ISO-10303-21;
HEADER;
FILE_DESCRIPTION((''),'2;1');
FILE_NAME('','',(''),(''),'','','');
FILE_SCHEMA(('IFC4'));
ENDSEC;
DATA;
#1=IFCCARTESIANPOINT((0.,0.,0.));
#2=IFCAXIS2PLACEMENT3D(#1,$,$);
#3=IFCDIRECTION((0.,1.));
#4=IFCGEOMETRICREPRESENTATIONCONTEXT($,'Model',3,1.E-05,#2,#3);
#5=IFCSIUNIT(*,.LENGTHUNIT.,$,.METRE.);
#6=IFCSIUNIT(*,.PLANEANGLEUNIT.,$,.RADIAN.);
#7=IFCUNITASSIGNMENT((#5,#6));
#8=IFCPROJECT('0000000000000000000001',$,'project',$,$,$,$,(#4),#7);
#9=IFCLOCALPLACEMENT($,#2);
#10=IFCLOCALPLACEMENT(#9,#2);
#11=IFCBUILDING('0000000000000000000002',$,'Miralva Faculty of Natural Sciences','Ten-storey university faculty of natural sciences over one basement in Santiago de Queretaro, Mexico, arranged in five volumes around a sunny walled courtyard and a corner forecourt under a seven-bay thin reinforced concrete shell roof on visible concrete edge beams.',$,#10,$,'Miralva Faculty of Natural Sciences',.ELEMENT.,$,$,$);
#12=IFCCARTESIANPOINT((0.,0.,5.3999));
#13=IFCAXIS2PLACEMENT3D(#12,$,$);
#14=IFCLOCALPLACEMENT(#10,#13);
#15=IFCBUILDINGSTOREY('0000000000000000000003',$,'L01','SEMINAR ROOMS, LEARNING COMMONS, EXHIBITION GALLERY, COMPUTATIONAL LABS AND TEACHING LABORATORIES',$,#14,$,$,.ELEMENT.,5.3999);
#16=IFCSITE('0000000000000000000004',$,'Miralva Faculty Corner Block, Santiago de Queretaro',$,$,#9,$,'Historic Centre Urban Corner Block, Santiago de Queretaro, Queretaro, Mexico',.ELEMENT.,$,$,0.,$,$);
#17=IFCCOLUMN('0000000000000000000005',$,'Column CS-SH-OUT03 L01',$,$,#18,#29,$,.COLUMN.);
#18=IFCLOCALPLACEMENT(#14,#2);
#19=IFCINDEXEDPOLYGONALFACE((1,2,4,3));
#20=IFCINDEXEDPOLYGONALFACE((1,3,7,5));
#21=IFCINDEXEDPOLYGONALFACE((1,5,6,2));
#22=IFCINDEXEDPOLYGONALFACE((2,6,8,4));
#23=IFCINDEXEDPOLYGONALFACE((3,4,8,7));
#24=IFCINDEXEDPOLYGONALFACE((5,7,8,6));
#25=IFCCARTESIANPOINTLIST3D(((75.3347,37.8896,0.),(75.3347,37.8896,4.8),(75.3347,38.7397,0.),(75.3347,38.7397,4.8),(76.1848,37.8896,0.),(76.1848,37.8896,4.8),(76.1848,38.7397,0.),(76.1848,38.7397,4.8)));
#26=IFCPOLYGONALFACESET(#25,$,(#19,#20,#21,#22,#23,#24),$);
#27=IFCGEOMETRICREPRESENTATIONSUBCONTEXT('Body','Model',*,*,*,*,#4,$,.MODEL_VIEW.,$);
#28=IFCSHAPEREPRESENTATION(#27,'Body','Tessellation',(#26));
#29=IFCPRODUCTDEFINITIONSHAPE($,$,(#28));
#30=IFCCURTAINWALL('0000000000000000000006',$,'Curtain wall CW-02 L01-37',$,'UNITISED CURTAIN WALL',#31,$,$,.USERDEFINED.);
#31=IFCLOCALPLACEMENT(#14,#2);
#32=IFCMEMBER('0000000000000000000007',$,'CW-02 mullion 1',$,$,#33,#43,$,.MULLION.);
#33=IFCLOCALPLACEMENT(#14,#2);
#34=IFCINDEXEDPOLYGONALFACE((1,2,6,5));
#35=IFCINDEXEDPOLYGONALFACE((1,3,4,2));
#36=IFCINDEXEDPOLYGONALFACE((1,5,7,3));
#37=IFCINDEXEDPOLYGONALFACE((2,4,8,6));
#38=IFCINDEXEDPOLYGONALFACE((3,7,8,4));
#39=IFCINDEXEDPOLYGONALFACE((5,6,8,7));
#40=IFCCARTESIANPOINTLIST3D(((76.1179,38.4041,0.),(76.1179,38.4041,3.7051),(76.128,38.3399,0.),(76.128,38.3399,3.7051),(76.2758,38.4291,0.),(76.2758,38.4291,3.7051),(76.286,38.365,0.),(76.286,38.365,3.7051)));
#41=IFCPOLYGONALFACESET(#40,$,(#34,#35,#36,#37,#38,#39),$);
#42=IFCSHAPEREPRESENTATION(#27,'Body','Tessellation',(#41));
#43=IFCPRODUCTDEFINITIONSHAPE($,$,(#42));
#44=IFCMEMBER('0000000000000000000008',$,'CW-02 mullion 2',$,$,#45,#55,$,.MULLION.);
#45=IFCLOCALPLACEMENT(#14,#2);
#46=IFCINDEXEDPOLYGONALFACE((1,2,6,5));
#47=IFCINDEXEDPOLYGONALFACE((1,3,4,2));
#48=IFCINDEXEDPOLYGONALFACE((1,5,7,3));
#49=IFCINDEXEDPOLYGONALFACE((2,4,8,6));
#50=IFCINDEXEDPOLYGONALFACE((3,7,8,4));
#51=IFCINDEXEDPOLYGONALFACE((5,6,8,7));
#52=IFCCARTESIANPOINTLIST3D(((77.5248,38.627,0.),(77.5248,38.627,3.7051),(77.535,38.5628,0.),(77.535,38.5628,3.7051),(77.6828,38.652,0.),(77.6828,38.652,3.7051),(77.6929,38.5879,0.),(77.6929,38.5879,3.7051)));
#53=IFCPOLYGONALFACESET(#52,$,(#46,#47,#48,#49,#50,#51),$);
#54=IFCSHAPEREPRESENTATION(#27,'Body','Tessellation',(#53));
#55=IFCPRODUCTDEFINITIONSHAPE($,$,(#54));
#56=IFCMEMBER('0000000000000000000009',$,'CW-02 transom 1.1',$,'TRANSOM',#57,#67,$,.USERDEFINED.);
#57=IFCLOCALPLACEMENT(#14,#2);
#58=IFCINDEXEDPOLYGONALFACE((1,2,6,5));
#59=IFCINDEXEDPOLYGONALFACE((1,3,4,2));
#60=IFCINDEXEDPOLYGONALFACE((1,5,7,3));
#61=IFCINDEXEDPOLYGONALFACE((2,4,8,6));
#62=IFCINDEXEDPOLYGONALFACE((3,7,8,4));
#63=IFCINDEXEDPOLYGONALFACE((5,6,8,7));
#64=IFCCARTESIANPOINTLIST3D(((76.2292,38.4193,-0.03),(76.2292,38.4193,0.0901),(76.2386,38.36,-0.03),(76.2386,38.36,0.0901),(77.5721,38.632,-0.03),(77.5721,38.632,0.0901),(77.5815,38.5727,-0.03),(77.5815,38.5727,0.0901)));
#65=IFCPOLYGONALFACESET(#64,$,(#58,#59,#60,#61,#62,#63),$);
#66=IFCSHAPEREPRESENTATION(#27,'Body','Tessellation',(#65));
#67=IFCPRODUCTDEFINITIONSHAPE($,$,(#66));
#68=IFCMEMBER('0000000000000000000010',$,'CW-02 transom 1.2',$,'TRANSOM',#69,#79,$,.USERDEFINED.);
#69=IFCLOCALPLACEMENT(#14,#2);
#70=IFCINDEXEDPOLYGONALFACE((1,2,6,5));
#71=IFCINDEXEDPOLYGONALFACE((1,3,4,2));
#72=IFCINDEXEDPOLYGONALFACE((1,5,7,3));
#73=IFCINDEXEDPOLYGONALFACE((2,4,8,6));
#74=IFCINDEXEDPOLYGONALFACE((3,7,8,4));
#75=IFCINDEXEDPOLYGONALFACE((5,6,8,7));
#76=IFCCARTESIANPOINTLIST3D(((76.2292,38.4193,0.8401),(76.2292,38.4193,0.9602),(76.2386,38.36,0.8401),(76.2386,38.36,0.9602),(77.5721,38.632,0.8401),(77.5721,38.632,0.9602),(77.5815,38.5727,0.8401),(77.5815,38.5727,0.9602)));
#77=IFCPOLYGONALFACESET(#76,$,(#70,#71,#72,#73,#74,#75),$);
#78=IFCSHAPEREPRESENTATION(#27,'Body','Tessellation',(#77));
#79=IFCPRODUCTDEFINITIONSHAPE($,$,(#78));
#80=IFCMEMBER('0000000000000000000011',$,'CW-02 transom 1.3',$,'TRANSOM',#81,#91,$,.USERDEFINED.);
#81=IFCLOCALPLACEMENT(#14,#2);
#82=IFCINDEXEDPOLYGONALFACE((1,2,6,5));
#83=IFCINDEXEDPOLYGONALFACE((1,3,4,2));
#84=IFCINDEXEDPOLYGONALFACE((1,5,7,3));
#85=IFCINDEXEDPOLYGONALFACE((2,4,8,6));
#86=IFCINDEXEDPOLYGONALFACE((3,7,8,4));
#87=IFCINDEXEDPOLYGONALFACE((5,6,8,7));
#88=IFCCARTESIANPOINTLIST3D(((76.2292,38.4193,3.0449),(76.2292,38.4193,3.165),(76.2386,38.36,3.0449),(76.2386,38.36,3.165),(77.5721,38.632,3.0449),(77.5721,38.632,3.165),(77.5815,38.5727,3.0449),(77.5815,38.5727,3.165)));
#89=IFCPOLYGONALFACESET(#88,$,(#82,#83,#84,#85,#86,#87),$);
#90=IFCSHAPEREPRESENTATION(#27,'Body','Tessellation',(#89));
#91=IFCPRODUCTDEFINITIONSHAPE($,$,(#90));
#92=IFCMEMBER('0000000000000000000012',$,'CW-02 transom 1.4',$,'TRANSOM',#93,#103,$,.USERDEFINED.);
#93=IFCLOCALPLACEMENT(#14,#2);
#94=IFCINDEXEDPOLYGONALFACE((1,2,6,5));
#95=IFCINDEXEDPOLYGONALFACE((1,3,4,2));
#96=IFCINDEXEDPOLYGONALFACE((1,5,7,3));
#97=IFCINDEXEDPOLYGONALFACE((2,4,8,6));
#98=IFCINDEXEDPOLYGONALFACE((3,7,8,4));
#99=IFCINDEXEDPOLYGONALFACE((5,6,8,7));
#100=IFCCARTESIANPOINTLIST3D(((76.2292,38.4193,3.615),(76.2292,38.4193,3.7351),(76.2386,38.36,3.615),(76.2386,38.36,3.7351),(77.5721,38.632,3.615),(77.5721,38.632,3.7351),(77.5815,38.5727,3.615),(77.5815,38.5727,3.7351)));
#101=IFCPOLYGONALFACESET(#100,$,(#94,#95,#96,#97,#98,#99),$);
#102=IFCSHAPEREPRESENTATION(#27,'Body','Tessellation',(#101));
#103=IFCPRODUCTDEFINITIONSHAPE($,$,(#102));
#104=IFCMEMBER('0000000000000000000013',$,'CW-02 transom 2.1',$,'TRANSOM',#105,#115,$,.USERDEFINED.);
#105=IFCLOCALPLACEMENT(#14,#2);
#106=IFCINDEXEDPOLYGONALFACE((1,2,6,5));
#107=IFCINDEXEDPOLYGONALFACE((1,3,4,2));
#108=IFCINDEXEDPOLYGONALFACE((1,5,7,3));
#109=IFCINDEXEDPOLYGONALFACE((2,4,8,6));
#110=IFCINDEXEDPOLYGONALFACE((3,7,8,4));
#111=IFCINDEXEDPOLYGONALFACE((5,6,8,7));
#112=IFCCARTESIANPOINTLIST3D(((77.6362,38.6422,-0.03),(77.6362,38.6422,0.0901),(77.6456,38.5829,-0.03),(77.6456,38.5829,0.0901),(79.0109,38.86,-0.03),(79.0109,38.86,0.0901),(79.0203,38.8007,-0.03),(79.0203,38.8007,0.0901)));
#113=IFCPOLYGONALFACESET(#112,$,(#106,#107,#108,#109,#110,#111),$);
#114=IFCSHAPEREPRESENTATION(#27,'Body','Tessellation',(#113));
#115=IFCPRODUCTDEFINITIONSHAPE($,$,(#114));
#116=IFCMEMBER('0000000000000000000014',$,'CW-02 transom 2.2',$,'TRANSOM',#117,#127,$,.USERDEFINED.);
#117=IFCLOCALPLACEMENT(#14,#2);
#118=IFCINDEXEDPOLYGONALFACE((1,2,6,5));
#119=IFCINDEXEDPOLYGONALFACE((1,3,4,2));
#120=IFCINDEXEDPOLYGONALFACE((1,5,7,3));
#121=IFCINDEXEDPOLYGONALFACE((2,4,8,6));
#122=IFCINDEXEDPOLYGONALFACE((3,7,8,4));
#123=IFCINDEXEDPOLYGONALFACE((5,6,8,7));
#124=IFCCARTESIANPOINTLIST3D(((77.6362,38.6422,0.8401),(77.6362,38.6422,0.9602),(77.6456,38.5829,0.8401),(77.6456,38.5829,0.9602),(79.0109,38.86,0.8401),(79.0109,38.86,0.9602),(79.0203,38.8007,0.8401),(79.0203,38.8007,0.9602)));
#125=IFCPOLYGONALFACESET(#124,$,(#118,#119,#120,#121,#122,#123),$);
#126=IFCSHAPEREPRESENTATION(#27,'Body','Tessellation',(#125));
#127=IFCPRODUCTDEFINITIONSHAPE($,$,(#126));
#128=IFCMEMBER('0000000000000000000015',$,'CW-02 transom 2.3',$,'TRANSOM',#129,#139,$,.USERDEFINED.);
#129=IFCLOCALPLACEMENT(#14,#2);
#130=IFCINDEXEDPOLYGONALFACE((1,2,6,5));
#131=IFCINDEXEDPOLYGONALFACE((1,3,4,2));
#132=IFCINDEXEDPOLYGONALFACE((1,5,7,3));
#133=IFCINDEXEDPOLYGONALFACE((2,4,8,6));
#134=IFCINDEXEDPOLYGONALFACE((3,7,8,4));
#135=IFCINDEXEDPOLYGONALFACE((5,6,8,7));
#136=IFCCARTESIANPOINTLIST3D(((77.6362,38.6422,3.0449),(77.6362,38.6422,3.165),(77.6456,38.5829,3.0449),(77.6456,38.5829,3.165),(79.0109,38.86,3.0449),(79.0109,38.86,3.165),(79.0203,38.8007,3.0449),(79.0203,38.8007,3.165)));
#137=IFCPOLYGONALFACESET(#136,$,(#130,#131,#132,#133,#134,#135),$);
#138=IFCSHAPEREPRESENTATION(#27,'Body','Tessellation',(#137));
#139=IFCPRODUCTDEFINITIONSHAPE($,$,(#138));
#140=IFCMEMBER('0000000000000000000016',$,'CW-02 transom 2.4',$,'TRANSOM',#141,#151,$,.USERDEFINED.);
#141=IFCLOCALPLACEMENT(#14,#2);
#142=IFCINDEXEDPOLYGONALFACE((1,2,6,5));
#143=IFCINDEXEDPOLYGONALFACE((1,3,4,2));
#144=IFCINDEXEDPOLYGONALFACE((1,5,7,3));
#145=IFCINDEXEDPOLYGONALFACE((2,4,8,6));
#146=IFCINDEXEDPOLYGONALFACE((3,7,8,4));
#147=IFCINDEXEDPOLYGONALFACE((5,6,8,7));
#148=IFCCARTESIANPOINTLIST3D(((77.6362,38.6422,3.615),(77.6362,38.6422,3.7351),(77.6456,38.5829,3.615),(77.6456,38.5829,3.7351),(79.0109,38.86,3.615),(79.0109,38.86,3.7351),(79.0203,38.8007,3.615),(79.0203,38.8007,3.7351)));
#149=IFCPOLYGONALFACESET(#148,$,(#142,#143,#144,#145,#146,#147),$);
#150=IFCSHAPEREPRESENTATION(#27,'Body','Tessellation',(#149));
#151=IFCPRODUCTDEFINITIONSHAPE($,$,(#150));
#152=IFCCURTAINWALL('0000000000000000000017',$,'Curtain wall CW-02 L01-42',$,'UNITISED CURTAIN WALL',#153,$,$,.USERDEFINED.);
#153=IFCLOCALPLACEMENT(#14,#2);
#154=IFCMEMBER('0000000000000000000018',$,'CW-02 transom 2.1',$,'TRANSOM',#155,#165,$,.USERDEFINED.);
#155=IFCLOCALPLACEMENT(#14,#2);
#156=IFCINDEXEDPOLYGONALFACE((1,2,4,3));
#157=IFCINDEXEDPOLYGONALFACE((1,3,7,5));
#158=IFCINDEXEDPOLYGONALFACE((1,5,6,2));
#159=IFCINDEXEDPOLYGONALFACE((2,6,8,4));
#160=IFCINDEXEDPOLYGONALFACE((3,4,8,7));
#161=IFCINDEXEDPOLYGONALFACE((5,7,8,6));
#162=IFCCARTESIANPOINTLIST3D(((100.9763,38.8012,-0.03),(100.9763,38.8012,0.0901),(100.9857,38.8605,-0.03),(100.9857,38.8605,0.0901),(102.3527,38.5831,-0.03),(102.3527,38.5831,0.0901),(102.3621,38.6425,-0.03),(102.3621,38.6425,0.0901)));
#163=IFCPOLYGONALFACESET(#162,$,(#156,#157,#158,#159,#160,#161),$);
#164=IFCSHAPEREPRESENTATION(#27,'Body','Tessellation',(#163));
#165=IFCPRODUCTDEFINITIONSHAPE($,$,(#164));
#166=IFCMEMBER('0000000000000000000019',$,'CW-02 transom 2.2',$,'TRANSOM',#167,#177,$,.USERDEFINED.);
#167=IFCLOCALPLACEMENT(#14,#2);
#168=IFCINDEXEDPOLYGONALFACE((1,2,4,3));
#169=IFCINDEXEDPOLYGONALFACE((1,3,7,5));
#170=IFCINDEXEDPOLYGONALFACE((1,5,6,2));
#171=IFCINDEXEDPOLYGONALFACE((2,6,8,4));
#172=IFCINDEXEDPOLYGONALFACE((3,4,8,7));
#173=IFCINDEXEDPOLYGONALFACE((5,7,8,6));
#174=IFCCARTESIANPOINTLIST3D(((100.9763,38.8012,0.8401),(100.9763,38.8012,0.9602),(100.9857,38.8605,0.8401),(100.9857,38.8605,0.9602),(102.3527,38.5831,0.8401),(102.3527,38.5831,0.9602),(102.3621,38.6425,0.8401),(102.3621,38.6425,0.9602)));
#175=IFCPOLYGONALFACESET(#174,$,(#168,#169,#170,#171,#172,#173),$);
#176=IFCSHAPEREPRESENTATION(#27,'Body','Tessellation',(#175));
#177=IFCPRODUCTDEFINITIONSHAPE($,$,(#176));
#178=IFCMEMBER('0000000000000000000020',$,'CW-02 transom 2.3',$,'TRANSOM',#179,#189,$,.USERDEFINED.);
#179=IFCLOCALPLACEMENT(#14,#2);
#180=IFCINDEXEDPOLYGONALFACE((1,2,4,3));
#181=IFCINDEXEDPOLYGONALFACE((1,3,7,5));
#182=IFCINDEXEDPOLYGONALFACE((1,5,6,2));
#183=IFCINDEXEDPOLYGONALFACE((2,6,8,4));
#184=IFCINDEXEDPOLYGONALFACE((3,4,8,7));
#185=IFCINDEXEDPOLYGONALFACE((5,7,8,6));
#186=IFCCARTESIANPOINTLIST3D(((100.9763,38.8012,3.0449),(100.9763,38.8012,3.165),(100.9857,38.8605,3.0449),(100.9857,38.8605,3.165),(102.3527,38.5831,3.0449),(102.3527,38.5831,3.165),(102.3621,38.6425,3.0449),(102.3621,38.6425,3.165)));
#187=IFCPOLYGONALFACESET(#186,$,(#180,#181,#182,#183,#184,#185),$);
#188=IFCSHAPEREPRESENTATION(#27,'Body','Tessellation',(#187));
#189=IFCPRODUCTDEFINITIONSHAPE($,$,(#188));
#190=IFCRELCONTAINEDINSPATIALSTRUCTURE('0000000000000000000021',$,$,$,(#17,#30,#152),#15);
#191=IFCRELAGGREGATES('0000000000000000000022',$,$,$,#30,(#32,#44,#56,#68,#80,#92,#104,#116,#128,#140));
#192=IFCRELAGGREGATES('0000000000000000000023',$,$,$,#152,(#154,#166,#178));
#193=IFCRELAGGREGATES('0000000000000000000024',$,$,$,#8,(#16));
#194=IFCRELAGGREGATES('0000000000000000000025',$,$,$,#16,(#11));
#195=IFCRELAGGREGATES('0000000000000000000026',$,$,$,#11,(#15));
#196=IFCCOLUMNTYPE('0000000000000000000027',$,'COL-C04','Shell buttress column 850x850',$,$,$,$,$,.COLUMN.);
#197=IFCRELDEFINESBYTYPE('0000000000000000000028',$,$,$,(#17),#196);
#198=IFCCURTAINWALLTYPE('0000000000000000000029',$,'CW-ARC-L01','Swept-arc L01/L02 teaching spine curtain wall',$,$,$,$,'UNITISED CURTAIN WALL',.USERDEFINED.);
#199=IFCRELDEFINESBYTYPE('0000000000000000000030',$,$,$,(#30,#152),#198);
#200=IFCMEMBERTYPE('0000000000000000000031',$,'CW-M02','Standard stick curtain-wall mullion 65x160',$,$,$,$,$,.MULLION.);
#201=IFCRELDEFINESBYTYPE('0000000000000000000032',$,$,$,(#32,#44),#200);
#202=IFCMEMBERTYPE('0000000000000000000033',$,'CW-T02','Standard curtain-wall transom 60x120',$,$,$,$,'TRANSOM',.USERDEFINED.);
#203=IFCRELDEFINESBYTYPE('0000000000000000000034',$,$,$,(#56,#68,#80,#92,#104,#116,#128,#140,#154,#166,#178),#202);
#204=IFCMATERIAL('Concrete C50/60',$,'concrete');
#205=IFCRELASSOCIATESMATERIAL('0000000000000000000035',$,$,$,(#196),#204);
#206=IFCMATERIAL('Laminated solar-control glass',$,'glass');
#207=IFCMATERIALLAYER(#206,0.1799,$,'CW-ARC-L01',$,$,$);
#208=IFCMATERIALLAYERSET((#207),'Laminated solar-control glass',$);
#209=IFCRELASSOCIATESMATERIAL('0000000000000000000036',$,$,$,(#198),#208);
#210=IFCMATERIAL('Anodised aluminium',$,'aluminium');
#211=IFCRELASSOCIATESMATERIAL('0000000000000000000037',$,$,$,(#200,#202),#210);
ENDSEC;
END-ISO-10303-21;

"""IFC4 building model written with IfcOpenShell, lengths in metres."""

from ifc_helpers import new_model, si_unit, direction, frame, origin, origin_2d, place, context, subcontext, project, spatial, rectangle, extrude, material, layer, layer_set, material_profile, profile_set, type_object, element, aggregate, save


model = new_model("IFC4")

# Units and contexts
model_context = context("Model", 3, precision=1e-05, world=origin(), true_north=direction((0.0, 1.0)))
body_context = subcontext(model_context, "Body", "Model", "MODEL_VIEW")
ifc_project = project(units=[si_unit("LENGTHUNIT", "METRE"), si_unit("PLANEANGLEUNIT", "RADIAN")], contexts=[model_context])

# Site, building, storey
site_placement = place(None, origin())
site = spatial("IfcSite", under=ifc_project, at=site_placement, Name="Miralva Faculty Corner Block, Santiago de Queretaro", LongName="Historic Centre Urban Corner Block, Santiago de Queretaro, Queretaro, Mexico", CompositionType="ELEMENT", RefElevation=0.0)
building_placement = place(site_placement, origin())
building = spatial("IfcBuilding", under=site, at=building_placement, Name="Miralva Faculty of Natural Sciences", Description="Ten-storey university faculty of natural sciences over one basement in Santiago de Queretaro, Mexico, arranged in five volumes around a sunny walled courtyard and a corner forecourt under a seven-bay thin reinforced concrete shell roof on visible concrete edge beams.", LongName="Miralva Faculty of Natural Sciences", CompositionType="ELEMENT")
storey_placement = place(building_placement, frame((0.0, 0.0, 5.3999)))
storey = spatial("IfcBuildingStorey", under=building, at=storey_placement, Name="L01", Description="SEMINAR ROOMS, LEARNING COMMONS, EXHIBITION GALLERY, COMPUTATIONAL LABS AND TEACHING LABORATORIES", CompositionType="ELEMENT", Elevation=5.3999)

# Column
ifc_material_1 = material(Name="Concrete C50/60", Category="concrete")
ifc_material_profile_1 = material_profile(ifc_material_1, rectangle(XDim=0.8501, YDim=0.8501, at=origin_2d()), Name="RC 850x850")
ifc_profile_set_1 = profile_set([ifc_material_profile_1], Name="Concrete C50/60")
column_type = type_object("IfcColumnType", Name="COL-C04", Description="Shell buttress column 850x850", PredefinedType="COLUMN", material=ifc_profile_set_1)
column_placement = place(storey_placement, frame((75.7598, 38.3147, 0.0), z_axis=(0.0, 0.0, 1.0), x_axis=(1.0, 0.0, 0.0)))
element("IfcColumn", 1, at=column_placement, inside=storey, type_object=column_type, Name="Column CS-SH-OUT03 L01", PredefinedType="COLUMN", context=body_context, shape_type="SweptSolid", body=[
    extrude(rectangle(XDim=0.8501, YDim=0.8501, at=origin_2d()), origin(), (0.0, 0.0, 1.0), 4.8),
])

# Curtain walls, members
ifc_material_2 = material(Name="Laminated solar-control glass", Category="glass")
ifc_layer_1 = layer(ifc_material_2, 0.1799, Name="CW-ARC-L01")
ifc_layer_set_1 = layer_set([ifc_layer_1], Name="Laminated solar-control glass")
curtain_wall_type = type_object("IfcCurtainWallType", Name="CW-ARC-L01", Description="Swept-arc L01/L02 teaching spine curtain wall", ElementType="UNITISED CURTAIN WALL", PredefinedType="USERDEFINED", material=ifc_layer_set_1)
curtain_wall_1_placement = place(storey_placement, origin())
curtain_wall_1 = element("IfcCurtainWall", 2, at=curtain_wall_1_placement, inside=storey, type_object=curtain_wall_type, Name="Curtain wall CW-02 L01-37", ObjectType="UNITISED CURTAIN WALL", PredefinedType="USERDEFINED")
ifc_material_3 = material(Name="Anodised aluminium", Category="aluminium")
ifc_material_profile_2 = material_profile(ifc_material_3, rectangle(XDim=0.0649, YDim=0.1599, at=origin_2d()), Name="MULLION 65x160")
ifc_profile_set_2 = profile_set([ifc_material_profile_2], Name="Anodised aluminium")
member_type_1 = type_object("IfcMemberType", Name="CW-M02", Description="Standard stick curtain-wall mullion 65x160", PredefinedType="MULLION", material=ifc_profile_set_2)
member_1_placement = place(storey_placement, frame((76.2019, 38.3845, 0.0), z_axis=(0.0, 0.0, 1.0), x_axis=(-0.15644, 0.987688, 0.0)))
member_1 = element("IfcMember", 3, at=member_1_placement, type_object=member_type_1, Name="CW-02 mullion 1", PredefinedType="MULLION", context=body_context, shape_type="SweptSolid", body=[
    extrude(rectangle(XDim=0.0649, YDim=0.1599, at=origin_2d()), origin(), (0.0, 0.0, 1.0), 3.7051),
])
member_2_placement = place(storey_placement, frame((77.6089, 38.6074, 0.0), z_axis=(0.0, 0.0, 1.0), x_axis=(-0.15644, 0.987688, 0.0)))
member_2 = element("IfcMember", 4, at=member_2_placement, type_object=member_type_1, Name="CW-02 mullion 2", PredefinedType="MULLION", context=body_context, shape_type="SweptSolid", body=[
    extrude(rectangle(XDim=0.0649, YDim=0.1599, at=origin_2d()), origin(), (0.0, 0.0, 1.0), 3.7051),
])
ifc_material_profile_3 = material_profile(ifc_material_3, rectangle(XDim=0.0601, YDim=0.1201, at=origin_2d()), Name="TRANSOM 60x120")
ifc_profile_set_3 = profile_set([ifc_material_profile_3], Name="Anodised aluminium")
member_type_2 = type_object("IfcMemberType", Name="CW-T02", Description="Standard curtain-wall transom 60x120", ElementType="TRANSOM", PredefinedType="USERDEFINED", material=ifc_profile_set_3)
member_3_placement = place(storey_placement, frame((76.2339, 38.3896, 0.03), z_axis=(0.987692, 0.156414, 0.0), x_axis=(-0.156414, 0.987692, 0.0)))
member_3 = element("IfcMember", 5, at=member_3_placement, type_object=member_type_2, Name="CW-02 transom 1.1", ObjectType="TRANSOM", PredefinedType="USERDEFINED", context=body_context, shape_type="SweptSolid", body=[
    extrude(rectangle(XDim=0.0601, YDim=0.1201, at=origin_2d()), origin(), (0.0, 0.0, 1.0), 1.3596),
])
member_4_placement = place(storey_placement, frame((76.2339, 38.3896, 0.9001), z_axis=(0.987692, 0.156414, 0.0), x_axis=(-0.156414, 0.987692, 0.0)))
member_4 = element("IfcMember", 6, at=member_4_placement, type_object=member_type_2, Name="CW-02 transom 1.2", ObjectType="TRANSOM", PredefinedType="USERDEFINED", context=body_context, shape_type="SweptSolid", body=[
    extrude(rectangle(XDim=0.0601, YDim=0.1201, at=origin_2d()), origin(), (0.0, 0.0, 1.0), 1.3596),
])
member_5_placement = place(storey_placement, frame((76.2339, 38.3896, 3.105), z_axis=(0.987692, 0.156414, 0.0), x_axis=(-0.156414, 0.987692, 0.0)))
member_5 = element("IfcMember", 7, at=member_5_placement, type_object=member_type_2, Name="CW-02 transom 1.3", ObjectType="TRANSOM", PredefinedType="USERDEFINED", context=body_context, shape_type="SweptSolid", body=[
    extrude(rectangle(XDim=0.0601, YDim=0.1201, at=origin_2d()), origin(), (0.0, 0.0, 1.0), 1.3596),
])
member_6_placement = place(storey_placement, frame((76.2339, 38.3896, 3.675), z_axis=(0.987692, 0.156414, 0.0), x_axis=(-0.156414, 0.987692, 0.0)))
member_6 = element("IfcMember", 8, at=member_6_placement, type_object=member_type_2, Name="CW-02 transom 1.4", ObjectType="TRANSOM", PredefinedType="USERDEFINED", context=body_context, shape_type="SweptSolid", body=[
    extrude(rectangle(XDim=0.0601, YDim=0.1201, at=origin_2d()), origin(), (0.0, 0.0, 1.0), 1.3596),
])
member_7_placement = place(storey_placement, frame((77.6409, 38.6125, 0.03), z_axis=(0.987685, 0.156458, 0.0), x_axis=(-0.156458, 0.987685, 0.0)))
member_7 = element("IfcMember", 9, at=member_7_placement, type_object=member_type_2, Name="CW-02 transom 2.1", ObjectType="TRANSOM", PredefinedType="USERDEFINED", context=body_context, shape_type="SweptSolid", body=[
    extrude(rectangle(XDim=0.0601, YDim=0.1201, at=origin_2d()), origin(), (0.0, 0.0, 1.0), 1.3918),
])
member_8_placement = place(storey_placement, frame((77.6409, 38.6125, 0.9001), z_axis=(0.987685, 0.156458, 0.0), x_axis=(-0.156458, 0.987685, 0.0)))
member_8 = element("IfcMember", 10, at=member_8_placement, type_object=member_type_2, Name="CW-02 transom 2.2", ObjectType="TRANSOM", PredefinedType="USERDEFINED", context=body_context, shape_type="SweptSolid", body=[
    extrude(rectangle(XDim=0.0601, YDim=0.1201, at=origin_2d()), origin(), (0.0, 0.0, 1.0), 1.3918),
])
member_9_placement = place(storey_placement, frame((77.6409, 38.6125, 3.105), z_axis=(0.987685, 0.156458, 0.0), x_axis=(-0.156458, 0.987685, 0.0)))
member_9 = element("IfcMember", 11, at=member_9_placement, type_object=member_type_2, Name="CW-02 transom 2.3", ObjectType="TRANSOM", PredefinedType="USERDEFINED", context=body_context, shape_type="SweptSolid", body=[
    extrude(rectangle(XDim=0.0601, YDim=0.1201, at=origin_2d()), origin(), (0.0, 0.0, 1.0), 1.3918),
])
member_10_placement = place(storey_placement, frame((77.6409, 38.6125, 3.675), z_axis=(0.987685, 0.156458, 0.0), x_axis=(-0.156458, 0.987685, 0.0)))
member_10 = element("IfcMember", 12, at=member_10_placement, type_object=member_type_2, Name="CW-02 transom 2.4", ObjectType="TRANSOM", PredefinedType="USERDEFINED", context=body_context, shape_type="SweptSolid", body=[
    extrude(rectangle(XDim=0.0601, YDim=0.1201, at=origin_2d()), origin(), (0.0, 0.0, 1.0), 1.3918),
])
curtain_wall_2_placement = place(storey_placement, origin())
curtain_wall_2 = element("IfcCurtainWall", 13, at=curtain_wall_2_placement, inside=storey, type_object=curtain_wall_type, Name="Curtain wall CW-02 L01-42", ObjectType="UNITISED CURTAIN WALL", PredefinedType="USERDEFINED")
member_11_placement = place(storey_placement, frame((100.981, 38.8308, 0.03), z_axis=(0.987688, -0.156439, 0.0), x_axis=(0.156439, 0.987688, 0.0)))
member_11 = element("IfcMember", 14, at=member_11_placement, type_object=member_type_2, Name="CW-02 transom 2.1", ObjectType="TRANSOM", PredefinedType="USERDEFINED", context=body_context, shape_type="SweptSolid", body=[
    extrude(rectangle(XDim=0.0601, YDim=0.1201, at=origin_2d()), origin(), (0.0, 0.0, 1.0), 1.3936),
])
member_12_placement = place(storey_placement, frame((100.981, 38.8308, 0.9001), z_axis=(0.987688, -0.156439, 0.0), x_axis=(0.156439, 0.987688, 0.0)))
member_12 = element("IfcMember", 15, at=member_12_placement, type_object=member_type_2, Name="CW-02 transom 2.2", ObjectType="TRANSOM", PredefinedType="USERDEFINED", context=body_context, shape_type="SweptSolid", body=[
    extrude(rectangle(XDim=0.0601, YDim=0.1201, at=origin_2d()), origin(), (0.0, 0.0, 1.0), 1.3936),
])
member_13_placement = place(storey_placement, frame((100.981, 38.8308, 3.105), z_axis=(0.987688, -0.156439, 0.0), x_axis=(0.156439, 0.987688, 0.0)))
member_13 = element("IfcMember", 16, at=member_13_placement, type_object=member_type_2, Name="CW-02 transom 2.3", ObjectType="TRANSOM", PredefinedType="USERDEFINED", context=body_context, shape_type="SweptSolid", body=[
    extrude(rectangle(XDim=0.0601, YDim=0.1201, at=origin_2d()), origin(), (0.0, 0.0, 1.0), 1.3936),
])

aggregate(curtain_wall_1, [member_1, member_2, member_3, member_4, member_5, member_6, member_7, member_8, member_9, member_10])
aggregate(curtain_wall_2, [member_11, member_12, member_13])

save(model, "model.ifc")
